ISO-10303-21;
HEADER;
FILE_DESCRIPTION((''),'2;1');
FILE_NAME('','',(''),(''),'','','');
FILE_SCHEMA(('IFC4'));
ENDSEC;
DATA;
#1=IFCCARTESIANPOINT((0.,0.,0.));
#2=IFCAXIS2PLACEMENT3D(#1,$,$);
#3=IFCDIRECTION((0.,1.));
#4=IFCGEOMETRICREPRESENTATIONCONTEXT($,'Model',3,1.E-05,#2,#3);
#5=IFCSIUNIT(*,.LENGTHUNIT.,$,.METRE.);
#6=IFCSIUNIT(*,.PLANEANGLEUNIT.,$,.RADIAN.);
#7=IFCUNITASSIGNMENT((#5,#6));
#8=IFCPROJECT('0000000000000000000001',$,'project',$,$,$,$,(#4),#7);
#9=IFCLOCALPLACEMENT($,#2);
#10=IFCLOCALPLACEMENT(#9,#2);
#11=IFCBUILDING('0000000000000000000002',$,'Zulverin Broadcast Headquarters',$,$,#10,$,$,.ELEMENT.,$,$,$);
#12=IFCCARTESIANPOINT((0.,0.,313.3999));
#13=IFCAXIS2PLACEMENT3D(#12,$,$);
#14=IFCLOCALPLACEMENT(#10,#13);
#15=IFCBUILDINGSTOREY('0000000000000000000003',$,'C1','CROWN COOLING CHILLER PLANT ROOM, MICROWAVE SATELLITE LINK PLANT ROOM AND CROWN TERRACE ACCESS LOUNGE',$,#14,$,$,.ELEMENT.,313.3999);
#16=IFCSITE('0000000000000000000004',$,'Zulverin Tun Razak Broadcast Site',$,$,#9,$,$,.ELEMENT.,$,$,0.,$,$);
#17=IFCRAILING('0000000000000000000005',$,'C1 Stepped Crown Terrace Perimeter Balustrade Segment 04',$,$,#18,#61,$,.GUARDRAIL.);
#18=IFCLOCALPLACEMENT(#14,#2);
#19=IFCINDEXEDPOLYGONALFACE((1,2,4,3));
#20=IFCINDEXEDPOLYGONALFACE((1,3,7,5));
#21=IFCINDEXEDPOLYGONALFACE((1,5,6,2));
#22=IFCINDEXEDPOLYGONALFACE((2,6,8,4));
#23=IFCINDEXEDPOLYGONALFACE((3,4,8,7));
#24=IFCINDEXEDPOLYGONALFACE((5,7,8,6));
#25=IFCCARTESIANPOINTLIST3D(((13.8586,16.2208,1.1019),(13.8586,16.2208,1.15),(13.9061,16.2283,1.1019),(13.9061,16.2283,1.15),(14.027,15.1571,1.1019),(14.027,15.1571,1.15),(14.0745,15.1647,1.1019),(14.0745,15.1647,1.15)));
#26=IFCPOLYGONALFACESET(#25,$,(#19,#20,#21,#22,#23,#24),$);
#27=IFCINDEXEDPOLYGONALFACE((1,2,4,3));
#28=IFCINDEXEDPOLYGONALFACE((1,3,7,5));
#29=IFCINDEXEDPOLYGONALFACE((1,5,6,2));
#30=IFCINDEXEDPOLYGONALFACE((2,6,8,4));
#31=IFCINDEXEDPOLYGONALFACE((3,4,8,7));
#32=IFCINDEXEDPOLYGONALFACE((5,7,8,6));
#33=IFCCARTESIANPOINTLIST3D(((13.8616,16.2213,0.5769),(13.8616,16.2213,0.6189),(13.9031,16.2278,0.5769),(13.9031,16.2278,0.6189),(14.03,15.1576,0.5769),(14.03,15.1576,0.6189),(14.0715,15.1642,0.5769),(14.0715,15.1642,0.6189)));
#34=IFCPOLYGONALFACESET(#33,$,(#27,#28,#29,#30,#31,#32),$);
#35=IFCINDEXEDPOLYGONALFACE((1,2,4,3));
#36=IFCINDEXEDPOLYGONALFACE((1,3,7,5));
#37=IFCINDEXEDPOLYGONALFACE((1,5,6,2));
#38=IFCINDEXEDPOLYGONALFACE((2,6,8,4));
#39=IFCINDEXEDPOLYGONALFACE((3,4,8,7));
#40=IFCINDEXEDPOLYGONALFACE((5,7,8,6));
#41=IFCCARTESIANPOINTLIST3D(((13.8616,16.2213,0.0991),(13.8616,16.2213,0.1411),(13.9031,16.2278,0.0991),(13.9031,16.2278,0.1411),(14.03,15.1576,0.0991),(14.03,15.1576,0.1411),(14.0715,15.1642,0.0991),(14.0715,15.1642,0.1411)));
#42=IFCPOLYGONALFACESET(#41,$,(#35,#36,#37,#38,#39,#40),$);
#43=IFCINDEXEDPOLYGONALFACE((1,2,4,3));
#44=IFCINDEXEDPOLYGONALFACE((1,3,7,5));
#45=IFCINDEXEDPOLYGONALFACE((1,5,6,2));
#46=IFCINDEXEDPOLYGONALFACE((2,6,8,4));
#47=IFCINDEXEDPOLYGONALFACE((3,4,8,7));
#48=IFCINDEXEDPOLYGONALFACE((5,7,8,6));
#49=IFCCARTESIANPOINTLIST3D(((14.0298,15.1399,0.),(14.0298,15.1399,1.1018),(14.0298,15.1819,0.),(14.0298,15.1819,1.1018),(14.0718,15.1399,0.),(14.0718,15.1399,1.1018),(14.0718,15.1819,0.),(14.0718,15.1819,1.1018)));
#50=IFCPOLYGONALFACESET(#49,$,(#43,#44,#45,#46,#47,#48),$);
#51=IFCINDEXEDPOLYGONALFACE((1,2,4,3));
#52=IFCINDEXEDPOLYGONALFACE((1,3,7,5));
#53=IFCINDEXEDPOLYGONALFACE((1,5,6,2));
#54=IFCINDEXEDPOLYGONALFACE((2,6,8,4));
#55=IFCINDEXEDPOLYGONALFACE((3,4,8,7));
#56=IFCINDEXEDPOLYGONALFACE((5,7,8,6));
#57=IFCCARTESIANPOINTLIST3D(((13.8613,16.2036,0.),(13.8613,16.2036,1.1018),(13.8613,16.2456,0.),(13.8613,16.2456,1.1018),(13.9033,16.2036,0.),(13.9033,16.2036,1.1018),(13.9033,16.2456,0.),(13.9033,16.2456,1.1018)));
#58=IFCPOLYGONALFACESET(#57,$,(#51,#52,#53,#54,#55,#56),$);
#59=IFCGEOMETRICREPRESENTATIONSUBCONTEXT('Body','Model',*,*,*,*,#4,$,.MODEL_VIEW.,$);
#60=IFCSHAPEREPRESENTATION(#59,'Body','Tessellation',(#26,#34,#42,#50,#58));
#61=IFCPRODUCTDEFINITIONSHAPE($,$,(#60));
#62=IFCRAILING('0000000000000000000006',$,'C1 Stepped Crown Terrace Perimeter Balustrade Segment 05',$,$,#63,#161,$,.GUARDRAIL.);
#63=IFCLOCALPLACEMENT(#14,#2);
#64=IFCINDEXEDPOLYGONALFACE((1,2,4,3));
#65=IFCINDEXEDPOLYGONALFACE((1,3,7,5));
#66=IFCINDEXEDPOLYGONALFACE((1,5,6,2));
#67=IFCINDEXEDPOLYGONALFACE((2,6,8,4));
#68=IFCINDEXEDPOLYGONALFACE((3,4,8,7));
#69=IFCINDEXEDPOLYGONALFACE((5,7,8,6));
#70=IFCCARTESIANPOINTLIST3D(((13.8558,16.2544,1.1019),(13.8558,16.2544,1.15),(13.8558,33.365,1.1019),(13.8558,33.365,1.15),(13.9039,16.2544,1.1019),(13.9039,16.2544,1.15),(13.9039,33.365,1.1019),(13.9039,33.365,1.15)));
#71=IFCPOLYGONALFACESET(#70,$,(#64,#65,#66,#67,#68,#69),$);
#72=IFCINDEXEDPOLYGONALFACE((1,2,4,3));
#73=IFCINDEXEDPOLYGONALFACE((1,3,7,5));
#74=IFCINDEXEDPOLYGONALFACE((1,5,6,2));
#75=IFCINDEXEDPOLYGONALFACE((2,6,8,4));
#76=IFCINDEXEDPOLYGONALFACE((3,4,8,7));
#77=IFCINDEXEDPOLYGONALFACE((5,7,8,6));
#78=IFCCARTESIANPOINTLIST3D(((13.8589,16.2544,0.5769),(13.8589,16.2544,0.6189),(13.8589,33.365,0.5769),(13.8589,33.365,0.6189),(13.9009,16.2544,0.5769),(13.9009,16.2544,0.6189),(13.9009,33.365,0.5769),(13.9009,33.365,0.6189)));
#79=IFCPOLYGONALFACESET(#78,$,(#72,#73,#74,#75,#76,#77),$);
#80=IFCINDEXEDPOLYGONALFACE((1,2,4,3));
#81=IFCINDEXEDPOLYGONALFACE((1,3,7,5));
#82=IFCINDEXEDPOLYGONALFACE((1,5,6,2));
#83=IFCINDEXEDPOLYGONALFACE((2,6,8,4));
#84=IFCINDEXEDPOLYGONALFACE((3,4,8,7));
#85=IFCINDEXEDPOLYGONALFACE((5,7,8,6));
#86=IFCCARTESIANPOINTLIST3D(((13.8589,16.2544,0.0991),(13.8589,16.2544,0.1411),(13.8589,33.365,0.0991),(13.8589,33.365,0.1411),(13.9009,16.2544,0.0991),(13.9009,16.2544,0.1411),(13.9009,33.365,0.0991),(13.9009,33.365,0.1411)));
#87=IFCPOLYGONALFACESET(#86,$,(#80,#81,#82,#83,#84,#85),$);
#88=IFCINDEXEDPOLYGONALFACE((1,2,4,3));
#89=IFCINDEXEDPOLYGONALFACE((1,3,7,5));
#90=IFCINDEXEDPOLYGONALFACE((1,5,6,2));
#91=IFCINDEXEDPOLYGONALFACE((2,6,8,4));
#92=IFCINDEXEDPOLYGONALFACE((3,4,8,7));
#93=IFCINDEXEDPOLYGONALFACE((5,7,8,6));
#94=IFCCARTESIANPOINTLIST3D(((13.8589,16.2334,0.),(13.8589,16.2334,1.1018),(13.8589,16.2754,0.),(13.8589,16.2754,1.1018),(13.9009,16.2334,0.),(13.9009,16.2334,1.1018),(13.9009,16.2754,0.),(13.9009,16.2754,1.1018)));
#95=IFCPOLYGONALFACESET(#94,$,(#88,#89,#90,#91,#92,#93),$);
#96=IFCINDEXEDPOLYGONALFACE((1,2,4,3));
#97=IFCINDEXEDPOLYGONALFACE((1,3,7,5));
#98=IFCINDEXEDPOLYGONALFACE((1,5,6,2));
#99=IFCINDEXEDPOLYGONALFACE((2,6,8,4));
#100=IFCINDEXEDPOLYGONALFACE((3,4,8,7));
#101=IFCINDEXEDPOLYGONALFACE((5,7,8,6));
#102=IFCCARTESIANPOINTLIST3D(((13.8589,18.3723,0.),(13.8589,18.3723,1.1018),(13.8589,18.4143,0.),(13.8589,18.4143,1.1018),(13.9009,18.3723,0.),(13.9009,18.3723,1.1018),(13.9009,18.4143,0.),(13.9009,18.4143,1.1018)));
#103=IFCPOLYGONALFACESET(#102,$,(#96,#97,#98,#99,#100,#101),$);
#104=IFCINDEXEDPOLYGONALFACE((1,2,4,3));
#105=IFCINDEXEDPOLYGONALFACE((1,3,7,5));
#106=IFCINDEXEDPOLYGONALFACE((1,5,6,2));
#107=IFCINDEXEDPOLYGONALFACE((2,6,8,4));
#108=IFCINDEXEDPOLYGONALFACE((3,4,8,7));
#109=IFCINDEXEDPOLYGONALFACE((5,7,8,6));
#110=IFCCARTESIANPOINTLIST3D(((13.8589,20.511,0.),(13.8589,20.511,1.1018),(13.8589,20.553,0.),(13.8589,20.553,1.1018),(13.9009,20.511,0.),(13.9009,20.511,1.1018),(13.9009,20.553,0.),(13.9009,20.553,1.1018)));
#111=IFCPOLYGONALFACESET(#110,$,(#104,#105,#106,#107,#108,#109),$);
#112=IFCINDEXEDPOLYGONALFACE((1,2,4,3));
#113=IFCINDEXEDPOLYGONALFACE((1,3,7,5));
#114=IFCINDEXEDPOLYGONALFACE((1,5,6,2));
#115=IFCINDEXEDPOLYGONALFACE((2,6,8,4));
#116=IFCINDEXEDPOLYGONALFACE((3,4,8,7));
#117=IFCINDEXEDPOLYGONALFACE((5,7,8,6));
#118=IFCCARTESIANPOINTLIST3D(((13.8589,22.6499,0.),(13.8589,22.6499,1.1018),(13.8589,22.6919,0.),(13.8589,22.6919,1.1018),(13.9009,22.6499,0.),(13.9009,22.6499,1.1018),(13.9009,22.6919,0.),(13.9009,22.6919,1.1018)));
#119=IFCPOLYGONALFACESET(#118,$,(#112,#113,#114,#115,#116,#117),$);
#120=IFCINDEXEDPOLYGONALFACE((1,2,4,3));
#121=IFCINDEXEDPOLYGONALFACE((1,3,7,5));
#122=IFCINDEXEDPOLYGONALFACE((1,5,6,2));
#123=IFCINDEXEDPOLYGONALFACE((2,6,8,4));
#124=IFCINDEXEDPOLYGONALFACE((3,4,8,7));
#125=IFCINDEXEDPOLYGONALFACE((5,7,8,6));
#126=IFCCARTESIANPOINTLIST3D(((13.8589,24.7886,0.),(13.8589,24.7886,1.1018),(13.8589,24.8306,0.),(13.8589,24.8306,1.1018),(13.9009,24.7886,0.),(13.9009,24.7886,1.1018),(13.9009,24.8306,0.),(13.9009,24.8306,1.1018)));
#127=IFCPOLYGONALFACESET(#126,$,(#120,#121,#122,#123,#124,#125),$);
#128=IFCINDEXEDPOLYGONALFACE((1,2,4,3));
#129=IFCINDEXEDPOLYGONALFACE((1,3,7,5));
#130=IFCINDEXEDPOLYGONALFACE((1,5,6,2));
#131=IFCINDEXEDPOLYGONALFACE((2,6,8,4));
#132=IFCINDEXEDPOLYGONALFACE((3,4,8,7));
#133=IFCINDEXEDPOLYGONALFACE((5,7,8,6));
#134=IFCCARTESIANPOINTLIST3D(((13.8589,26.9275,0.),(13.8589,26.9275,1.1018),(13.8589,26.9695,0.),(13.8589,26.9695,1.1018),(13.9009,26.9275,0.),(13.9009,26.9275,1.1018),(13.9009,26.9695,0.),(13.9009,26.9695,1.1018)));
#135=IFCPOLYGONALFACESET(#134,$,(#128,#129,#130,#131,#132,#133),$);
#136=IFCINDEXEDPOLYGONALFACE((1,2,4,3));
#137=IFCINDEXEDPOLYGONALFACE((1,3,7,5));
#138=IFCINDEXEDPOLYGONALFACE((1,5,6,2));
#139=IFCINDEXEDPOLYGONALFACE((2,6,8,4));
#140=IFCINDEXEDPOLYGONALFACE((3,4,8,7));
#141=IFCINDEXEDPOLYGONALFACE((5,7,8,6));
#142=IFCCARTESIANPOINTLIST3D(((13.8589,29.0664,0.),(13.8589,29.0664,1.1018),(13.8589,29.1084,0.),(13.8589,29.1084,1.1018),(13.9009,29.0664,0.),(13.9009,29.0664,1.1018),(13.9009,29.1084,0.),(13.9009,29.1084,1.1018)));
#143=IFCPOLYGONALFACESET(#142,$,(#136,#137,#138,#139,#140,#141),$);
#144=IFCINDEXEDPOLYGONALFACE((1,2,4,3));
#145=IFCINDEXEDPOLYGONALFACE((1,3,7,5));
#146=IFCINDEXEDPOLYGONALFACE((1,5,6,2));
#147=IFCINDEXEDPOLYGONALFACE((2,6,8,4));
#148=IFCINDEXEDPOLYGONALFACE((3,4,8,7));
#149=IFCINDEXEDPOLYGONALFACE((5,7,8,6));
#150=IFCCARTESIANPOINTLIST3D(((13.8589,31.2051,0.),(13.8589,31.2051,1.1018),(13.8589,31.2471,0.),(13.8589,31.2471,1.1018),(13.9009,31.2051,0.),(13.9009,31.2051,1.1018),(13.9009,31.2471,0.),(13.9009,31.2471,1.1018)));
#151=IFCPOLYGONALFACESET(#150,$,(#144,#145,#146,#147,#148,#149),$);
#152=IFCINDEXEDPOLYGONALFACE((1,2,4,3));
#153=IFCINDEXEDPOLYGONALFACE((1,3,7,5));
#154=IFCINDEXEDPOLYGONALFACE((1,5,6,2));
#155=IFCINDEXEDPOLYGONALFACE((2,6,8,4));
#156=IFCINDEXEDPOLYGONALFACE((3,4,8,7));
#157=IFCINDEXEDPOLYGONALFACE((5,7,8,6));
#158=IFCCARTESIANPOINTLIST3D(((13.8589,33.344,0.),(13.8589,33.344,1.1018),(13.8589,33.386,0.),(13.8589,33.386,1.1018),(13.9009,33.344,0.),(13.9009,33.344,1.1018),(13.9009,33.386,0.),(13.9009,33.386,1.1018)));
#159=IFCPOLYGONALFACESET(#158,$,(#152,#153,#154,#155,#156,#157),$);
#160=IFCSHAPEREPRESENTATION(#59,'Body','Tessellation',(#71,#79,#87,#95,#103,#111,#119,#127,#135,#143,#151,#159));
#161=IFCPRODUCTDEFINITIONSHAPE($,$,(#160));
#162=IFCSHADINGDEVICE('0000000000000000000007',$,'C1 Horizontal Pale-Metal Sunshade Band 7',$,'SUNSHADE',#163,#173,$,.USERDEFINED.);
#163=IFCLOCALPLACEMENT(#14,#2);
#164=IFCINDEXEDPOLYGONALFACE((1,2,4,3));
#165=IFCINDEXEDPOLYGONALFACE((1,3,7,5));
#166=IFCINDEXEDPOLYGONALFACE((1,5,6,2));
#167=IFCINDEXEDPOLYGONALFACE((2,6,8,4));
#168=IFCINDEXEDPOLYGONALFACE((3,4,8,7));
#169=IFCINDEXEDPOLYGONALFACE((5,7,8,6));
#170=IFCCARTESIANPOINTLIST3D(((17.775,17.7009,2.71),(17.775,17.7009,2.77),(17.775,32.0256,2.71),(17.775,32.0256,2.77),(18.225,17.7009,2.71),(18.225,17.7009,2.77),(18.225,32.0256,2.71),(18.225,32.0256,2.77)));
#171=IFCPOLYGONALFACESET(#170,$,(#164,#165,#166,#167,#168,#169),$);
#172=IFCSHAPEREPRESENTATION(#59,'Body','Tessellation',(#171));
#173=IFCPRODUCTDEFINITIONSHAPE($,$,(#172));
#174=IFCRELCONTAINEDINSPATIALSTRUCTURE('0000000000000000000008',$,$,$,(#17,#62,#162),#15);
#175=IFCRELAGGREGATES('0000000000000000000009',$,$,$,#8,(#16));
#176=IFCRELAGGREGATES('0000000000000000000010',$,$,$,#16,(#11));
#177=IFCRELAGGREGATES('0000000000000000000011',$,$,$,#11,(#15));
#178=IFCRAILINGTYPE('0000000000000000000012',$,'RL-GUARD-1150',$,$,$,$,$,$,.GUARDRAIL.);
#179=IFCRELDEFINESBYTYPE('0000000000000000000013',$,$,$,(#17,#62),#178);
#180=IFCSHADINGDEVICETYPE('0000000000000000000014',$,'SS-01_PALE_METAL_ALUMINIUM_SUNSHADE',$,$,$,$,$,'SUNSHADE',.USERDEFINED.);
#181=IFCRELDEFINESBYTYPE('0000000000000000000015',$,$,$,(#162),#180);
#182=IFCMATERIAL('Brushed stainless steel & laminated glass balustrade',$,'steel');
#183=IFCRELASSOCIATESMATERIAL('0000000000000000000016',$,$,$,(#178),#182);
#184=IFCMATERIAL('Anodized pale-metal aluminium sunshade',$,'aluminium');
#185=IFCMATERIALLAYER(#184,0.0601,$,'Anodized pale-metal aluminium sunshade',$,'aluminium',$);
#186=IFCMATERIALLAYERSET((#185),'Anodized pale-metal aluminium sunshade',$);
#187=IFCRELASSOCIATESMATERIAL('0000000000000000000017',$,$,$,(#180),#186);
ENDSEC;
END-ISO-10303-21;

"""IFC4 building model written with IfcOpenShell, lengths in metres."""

from ifc_helpers import new_model, si_unit, direction, frame, origin, origin_2d, place, context, subcontext, project, spatial, rectangle, extrude, material, layer, layer_set, type_object, element, save


model = new_model("IFC4")

# Units and contexts
model_context = context("Model", 3, precision=1e-05, world=origin(), true_north=direction((0.0, 1.0)))
body_context = subcontext(model_context, "Body", "Model", "MODEL_VIEW")
ifc_project = project(units=[si_unit("LENGTHUNIT", "METRE"), si_unit("PLANEANGLEUNIT", "RADIAN")], contexts=[model_context])

# Site, building, storey
site_placement = place(None, origin())
site = spatial("IfcSite", under=ifc_project, at=site_placement, Name="Zulverin Tun Razak Broadcast Site", CompositionType="ELEMENT", RefElevation=0.0)
building_placement = place(site_placement, origin())
building = spatial("IfcBuilding", under=site, at=building_placement, Name="Zulverin Broadcast Headquarters", CompositionType="ELEMENT")
storey_placement = place(building_placement, frame((0.0, 0.0, 313.3999)))
storey = spatial("IfcBuildingStorey", under=building, at=storey_placement, Name="C1", Description="CROWN COOLING CHILLER PLANT ROOM, MICROWAVE SATELLITE LINK PLANT ROOM AND CROWN TERRACE ACCESS LOUNGE", CompositionType="ELEMENT", Elevation=313.3999)

# Railings
ifc_material_1 = material(Name="Brushed stainless steel & laminated glass balustrade", Category="steel")
railing_type = type_object("IfcRailingType", Name="RL-GUARD-1150", PredefinedType="GUARDRAIL", material=ifc_material_1)
railing_1_placement = place(storey_placement, frame((14.0508, 15.1609, 0.0)))
element("IfcRailing", 1, at=railing_1_placement, inside=storey, type_object=railing_type, Name="C1 Stepped Crown Terrace Perimeter Balustrade Segment 04", PredefinedType="GUARDRAIL", context=body_context, shape_type="SweptSolid", body=[
    extrude(rectangle(XDim=0.0481, YDim=0.0481, at=origin_2d()), frame((0.0, 0.0, 1.126), z_axis=(-0.156417, 0.987691, 0.0), x_axis=(-0.987691, -0.156417, 0.0)), (0.0, 0.0, 1.0), 1.0769),
    extrude(rectangle(XDim=0.042, YDim=0.042, at=origin_2d()), frame((0.0, 0.0, 0.5979), z_axis=(-0.156417, 0.987691, 0.0), x_axis=(-0.987691, -0.156417, 0.0)), (0.0, 0.0, 1.0), 1.0769),
    extrude(rectangle(XDim=0.042, YDim=0.042, at=origin_2d()), frame((0.0, 0.0, 0.1201), z_axis=(-0.156417, 0.987691, 0.0), x_axis=(-0.987691, -0.156417, 0.0)), (0.0, 0.0, 1.0), 1.0769),
    extrude(rectangle(XDim=0.042, YDim=0.042, at=origin_2d()), origin(), (0.0, 0.0, 1.0), 1.1018),
    extrude(rectangle(XDim=0.042, YDim=0.042, at=origin_2d()), frame((-0.1685, 1.0637, 0.0)), (0.0, 0.0, 1.0), 1.1018),
])
railing_2_placement = place(storey_placement, frame((13.8799, 16.2544, 0.0)))
element("IfcRailing", 2, at=railing_2_placement, inside=storey, type_object=railing_type, Name="C1 Stepped Crown Terrace Perimeter Balustrade Segment 05", PredefinedType="GUARDRAIL", context=body_context, shape_type="SweptSolid", body=[
    extrude(rectangle(XDim=0.0481, YDim=0.0481, at=origin_2d()), frame((0.0, 0.0, 1.126), z_axis=(0.0, 1.0, 0.0), x_axis=(-1.0, 0.0, 0.0)), (0.0, 0.0, 1.0), 17.1106),
    extrude(rectangle(XDim=0.042, YDim=0.042, at=origin_2d()), frame((0.0, 0.0, 0.5979), z_axis=(0.0, 1.0, 0.0), x_axis=(-1.0, 0.0, 0.0)), (0.0, 0.0, 1.0), 17.1106),
    extrude(rectangle(XDim=0.042, YDim=0.042, at=origin_2d()), frame((0.0, 0.0, 0.1201), z_axis=(0.0, 1.0, 0.0), x_axis=(-1.0, 0.0, 0.0)), (0.0, 0.0, 1.0), 17.1106),
    extrude(rectangle(XDim=0.042, YDim=0.042, at=origin_2d()), origin(), (0.0, 0.0, 1.0), 1.1018),
    extrude(rectangle(XDim=0.042, YDim=0.042, at=origin_2d()), frame((0.0, 2.1389, 0.0)), (0.0, 0.0, 1.0), 1.1018),
    extrude(rectangle(XDim=0.042, YDim=0.042, at=origin_2d()), frame((0.0, 4.2776, 0.0)), (0.0, 0.0, 1.0), 1.1018),
    extrude(rectangle(XDim=0.042, YDim=0.042, at=origin_2d()), frame((0.0, 6.4165, 0.0)), (0.0, 0.0, 1.0), 1.1018),
    extrude(rectangle(XDim=0.042, YDim=0.042, at=origin_2d()), frame((0.0, 8.5552, 0.0)), (0.0, 0.0, 1.0), 1.1018),
    extrude(rectangle(XDim=0.042, YDim=0.042, at=origin_2d()), frame((0.0, 10.6941, 0.0)), (0.0, 0.0, 1.0), 1.1018),
    extrude(rectangle(XDim=0.042, YDim=0.042, at=origin_2d()), frame((0.0, 12.833, 0.0)), (0.0, 0.0, 1.0), 1.1018),
    extrude(rectangle(XDim=0.042, YDim=0.042, at=origin_2d()), frame((0.0, 14.9717, 0.0)), (0.0, 0.0, 1.0), 1.1018),
    extrude(rectangle(XDim=0.042, YDim=0.042, at=origin_2d()), frame((0.0, 17.1106, 0.0)), (0.0, 0.0, 1.0), 1.1018),
])

# Shading device
ifc_material_2 = material(Name="Anodized pale-metal aluminium sunshade", Category="aluminium")
ifc_layer_1 = layer(ifc_material_2, 0.0601, Name="Anodized pale-metal aluminium sunshade", Category="aluminium")
ifc_layer_set_1 = layer_set([ifc_layer_1], Name="Anodized pale-metal aluminium sunshade")
shading_device_type = type_object("IfcShadingDeviceType", Name="SS-01_PALE_METAL_ALUMINIUM_SUNSHADE", ElementType="SUNSHADE", PredefinedType="USERDEFINED", material=ifc_layer_set_1)
shading_device_placement = place(storey_placement, frame((18.0, 24.8633, 2.71), z_axis=(0.0, 0.0, 1.0), x_axis=(0.0, -1.0, 0.0)))
element("IfcShadingDevice", 3, at=shading_device_placement, inside=storey, type_object=shading_device_type, Name="C1 Horizontal Pale-Metal Sunshade Band 7", ObjectType="SUNSHADE", PredefinedType="USERDEFINED", context=body_context, shape_type="SweptSolid", body=[
    extrude(rectangle(XDim=14.3247, YDim=0.45, at=origin_2d()), origin(), (0.0, 0.0, 1.0), 0.0601),
])

save(model, "model.ifc")
